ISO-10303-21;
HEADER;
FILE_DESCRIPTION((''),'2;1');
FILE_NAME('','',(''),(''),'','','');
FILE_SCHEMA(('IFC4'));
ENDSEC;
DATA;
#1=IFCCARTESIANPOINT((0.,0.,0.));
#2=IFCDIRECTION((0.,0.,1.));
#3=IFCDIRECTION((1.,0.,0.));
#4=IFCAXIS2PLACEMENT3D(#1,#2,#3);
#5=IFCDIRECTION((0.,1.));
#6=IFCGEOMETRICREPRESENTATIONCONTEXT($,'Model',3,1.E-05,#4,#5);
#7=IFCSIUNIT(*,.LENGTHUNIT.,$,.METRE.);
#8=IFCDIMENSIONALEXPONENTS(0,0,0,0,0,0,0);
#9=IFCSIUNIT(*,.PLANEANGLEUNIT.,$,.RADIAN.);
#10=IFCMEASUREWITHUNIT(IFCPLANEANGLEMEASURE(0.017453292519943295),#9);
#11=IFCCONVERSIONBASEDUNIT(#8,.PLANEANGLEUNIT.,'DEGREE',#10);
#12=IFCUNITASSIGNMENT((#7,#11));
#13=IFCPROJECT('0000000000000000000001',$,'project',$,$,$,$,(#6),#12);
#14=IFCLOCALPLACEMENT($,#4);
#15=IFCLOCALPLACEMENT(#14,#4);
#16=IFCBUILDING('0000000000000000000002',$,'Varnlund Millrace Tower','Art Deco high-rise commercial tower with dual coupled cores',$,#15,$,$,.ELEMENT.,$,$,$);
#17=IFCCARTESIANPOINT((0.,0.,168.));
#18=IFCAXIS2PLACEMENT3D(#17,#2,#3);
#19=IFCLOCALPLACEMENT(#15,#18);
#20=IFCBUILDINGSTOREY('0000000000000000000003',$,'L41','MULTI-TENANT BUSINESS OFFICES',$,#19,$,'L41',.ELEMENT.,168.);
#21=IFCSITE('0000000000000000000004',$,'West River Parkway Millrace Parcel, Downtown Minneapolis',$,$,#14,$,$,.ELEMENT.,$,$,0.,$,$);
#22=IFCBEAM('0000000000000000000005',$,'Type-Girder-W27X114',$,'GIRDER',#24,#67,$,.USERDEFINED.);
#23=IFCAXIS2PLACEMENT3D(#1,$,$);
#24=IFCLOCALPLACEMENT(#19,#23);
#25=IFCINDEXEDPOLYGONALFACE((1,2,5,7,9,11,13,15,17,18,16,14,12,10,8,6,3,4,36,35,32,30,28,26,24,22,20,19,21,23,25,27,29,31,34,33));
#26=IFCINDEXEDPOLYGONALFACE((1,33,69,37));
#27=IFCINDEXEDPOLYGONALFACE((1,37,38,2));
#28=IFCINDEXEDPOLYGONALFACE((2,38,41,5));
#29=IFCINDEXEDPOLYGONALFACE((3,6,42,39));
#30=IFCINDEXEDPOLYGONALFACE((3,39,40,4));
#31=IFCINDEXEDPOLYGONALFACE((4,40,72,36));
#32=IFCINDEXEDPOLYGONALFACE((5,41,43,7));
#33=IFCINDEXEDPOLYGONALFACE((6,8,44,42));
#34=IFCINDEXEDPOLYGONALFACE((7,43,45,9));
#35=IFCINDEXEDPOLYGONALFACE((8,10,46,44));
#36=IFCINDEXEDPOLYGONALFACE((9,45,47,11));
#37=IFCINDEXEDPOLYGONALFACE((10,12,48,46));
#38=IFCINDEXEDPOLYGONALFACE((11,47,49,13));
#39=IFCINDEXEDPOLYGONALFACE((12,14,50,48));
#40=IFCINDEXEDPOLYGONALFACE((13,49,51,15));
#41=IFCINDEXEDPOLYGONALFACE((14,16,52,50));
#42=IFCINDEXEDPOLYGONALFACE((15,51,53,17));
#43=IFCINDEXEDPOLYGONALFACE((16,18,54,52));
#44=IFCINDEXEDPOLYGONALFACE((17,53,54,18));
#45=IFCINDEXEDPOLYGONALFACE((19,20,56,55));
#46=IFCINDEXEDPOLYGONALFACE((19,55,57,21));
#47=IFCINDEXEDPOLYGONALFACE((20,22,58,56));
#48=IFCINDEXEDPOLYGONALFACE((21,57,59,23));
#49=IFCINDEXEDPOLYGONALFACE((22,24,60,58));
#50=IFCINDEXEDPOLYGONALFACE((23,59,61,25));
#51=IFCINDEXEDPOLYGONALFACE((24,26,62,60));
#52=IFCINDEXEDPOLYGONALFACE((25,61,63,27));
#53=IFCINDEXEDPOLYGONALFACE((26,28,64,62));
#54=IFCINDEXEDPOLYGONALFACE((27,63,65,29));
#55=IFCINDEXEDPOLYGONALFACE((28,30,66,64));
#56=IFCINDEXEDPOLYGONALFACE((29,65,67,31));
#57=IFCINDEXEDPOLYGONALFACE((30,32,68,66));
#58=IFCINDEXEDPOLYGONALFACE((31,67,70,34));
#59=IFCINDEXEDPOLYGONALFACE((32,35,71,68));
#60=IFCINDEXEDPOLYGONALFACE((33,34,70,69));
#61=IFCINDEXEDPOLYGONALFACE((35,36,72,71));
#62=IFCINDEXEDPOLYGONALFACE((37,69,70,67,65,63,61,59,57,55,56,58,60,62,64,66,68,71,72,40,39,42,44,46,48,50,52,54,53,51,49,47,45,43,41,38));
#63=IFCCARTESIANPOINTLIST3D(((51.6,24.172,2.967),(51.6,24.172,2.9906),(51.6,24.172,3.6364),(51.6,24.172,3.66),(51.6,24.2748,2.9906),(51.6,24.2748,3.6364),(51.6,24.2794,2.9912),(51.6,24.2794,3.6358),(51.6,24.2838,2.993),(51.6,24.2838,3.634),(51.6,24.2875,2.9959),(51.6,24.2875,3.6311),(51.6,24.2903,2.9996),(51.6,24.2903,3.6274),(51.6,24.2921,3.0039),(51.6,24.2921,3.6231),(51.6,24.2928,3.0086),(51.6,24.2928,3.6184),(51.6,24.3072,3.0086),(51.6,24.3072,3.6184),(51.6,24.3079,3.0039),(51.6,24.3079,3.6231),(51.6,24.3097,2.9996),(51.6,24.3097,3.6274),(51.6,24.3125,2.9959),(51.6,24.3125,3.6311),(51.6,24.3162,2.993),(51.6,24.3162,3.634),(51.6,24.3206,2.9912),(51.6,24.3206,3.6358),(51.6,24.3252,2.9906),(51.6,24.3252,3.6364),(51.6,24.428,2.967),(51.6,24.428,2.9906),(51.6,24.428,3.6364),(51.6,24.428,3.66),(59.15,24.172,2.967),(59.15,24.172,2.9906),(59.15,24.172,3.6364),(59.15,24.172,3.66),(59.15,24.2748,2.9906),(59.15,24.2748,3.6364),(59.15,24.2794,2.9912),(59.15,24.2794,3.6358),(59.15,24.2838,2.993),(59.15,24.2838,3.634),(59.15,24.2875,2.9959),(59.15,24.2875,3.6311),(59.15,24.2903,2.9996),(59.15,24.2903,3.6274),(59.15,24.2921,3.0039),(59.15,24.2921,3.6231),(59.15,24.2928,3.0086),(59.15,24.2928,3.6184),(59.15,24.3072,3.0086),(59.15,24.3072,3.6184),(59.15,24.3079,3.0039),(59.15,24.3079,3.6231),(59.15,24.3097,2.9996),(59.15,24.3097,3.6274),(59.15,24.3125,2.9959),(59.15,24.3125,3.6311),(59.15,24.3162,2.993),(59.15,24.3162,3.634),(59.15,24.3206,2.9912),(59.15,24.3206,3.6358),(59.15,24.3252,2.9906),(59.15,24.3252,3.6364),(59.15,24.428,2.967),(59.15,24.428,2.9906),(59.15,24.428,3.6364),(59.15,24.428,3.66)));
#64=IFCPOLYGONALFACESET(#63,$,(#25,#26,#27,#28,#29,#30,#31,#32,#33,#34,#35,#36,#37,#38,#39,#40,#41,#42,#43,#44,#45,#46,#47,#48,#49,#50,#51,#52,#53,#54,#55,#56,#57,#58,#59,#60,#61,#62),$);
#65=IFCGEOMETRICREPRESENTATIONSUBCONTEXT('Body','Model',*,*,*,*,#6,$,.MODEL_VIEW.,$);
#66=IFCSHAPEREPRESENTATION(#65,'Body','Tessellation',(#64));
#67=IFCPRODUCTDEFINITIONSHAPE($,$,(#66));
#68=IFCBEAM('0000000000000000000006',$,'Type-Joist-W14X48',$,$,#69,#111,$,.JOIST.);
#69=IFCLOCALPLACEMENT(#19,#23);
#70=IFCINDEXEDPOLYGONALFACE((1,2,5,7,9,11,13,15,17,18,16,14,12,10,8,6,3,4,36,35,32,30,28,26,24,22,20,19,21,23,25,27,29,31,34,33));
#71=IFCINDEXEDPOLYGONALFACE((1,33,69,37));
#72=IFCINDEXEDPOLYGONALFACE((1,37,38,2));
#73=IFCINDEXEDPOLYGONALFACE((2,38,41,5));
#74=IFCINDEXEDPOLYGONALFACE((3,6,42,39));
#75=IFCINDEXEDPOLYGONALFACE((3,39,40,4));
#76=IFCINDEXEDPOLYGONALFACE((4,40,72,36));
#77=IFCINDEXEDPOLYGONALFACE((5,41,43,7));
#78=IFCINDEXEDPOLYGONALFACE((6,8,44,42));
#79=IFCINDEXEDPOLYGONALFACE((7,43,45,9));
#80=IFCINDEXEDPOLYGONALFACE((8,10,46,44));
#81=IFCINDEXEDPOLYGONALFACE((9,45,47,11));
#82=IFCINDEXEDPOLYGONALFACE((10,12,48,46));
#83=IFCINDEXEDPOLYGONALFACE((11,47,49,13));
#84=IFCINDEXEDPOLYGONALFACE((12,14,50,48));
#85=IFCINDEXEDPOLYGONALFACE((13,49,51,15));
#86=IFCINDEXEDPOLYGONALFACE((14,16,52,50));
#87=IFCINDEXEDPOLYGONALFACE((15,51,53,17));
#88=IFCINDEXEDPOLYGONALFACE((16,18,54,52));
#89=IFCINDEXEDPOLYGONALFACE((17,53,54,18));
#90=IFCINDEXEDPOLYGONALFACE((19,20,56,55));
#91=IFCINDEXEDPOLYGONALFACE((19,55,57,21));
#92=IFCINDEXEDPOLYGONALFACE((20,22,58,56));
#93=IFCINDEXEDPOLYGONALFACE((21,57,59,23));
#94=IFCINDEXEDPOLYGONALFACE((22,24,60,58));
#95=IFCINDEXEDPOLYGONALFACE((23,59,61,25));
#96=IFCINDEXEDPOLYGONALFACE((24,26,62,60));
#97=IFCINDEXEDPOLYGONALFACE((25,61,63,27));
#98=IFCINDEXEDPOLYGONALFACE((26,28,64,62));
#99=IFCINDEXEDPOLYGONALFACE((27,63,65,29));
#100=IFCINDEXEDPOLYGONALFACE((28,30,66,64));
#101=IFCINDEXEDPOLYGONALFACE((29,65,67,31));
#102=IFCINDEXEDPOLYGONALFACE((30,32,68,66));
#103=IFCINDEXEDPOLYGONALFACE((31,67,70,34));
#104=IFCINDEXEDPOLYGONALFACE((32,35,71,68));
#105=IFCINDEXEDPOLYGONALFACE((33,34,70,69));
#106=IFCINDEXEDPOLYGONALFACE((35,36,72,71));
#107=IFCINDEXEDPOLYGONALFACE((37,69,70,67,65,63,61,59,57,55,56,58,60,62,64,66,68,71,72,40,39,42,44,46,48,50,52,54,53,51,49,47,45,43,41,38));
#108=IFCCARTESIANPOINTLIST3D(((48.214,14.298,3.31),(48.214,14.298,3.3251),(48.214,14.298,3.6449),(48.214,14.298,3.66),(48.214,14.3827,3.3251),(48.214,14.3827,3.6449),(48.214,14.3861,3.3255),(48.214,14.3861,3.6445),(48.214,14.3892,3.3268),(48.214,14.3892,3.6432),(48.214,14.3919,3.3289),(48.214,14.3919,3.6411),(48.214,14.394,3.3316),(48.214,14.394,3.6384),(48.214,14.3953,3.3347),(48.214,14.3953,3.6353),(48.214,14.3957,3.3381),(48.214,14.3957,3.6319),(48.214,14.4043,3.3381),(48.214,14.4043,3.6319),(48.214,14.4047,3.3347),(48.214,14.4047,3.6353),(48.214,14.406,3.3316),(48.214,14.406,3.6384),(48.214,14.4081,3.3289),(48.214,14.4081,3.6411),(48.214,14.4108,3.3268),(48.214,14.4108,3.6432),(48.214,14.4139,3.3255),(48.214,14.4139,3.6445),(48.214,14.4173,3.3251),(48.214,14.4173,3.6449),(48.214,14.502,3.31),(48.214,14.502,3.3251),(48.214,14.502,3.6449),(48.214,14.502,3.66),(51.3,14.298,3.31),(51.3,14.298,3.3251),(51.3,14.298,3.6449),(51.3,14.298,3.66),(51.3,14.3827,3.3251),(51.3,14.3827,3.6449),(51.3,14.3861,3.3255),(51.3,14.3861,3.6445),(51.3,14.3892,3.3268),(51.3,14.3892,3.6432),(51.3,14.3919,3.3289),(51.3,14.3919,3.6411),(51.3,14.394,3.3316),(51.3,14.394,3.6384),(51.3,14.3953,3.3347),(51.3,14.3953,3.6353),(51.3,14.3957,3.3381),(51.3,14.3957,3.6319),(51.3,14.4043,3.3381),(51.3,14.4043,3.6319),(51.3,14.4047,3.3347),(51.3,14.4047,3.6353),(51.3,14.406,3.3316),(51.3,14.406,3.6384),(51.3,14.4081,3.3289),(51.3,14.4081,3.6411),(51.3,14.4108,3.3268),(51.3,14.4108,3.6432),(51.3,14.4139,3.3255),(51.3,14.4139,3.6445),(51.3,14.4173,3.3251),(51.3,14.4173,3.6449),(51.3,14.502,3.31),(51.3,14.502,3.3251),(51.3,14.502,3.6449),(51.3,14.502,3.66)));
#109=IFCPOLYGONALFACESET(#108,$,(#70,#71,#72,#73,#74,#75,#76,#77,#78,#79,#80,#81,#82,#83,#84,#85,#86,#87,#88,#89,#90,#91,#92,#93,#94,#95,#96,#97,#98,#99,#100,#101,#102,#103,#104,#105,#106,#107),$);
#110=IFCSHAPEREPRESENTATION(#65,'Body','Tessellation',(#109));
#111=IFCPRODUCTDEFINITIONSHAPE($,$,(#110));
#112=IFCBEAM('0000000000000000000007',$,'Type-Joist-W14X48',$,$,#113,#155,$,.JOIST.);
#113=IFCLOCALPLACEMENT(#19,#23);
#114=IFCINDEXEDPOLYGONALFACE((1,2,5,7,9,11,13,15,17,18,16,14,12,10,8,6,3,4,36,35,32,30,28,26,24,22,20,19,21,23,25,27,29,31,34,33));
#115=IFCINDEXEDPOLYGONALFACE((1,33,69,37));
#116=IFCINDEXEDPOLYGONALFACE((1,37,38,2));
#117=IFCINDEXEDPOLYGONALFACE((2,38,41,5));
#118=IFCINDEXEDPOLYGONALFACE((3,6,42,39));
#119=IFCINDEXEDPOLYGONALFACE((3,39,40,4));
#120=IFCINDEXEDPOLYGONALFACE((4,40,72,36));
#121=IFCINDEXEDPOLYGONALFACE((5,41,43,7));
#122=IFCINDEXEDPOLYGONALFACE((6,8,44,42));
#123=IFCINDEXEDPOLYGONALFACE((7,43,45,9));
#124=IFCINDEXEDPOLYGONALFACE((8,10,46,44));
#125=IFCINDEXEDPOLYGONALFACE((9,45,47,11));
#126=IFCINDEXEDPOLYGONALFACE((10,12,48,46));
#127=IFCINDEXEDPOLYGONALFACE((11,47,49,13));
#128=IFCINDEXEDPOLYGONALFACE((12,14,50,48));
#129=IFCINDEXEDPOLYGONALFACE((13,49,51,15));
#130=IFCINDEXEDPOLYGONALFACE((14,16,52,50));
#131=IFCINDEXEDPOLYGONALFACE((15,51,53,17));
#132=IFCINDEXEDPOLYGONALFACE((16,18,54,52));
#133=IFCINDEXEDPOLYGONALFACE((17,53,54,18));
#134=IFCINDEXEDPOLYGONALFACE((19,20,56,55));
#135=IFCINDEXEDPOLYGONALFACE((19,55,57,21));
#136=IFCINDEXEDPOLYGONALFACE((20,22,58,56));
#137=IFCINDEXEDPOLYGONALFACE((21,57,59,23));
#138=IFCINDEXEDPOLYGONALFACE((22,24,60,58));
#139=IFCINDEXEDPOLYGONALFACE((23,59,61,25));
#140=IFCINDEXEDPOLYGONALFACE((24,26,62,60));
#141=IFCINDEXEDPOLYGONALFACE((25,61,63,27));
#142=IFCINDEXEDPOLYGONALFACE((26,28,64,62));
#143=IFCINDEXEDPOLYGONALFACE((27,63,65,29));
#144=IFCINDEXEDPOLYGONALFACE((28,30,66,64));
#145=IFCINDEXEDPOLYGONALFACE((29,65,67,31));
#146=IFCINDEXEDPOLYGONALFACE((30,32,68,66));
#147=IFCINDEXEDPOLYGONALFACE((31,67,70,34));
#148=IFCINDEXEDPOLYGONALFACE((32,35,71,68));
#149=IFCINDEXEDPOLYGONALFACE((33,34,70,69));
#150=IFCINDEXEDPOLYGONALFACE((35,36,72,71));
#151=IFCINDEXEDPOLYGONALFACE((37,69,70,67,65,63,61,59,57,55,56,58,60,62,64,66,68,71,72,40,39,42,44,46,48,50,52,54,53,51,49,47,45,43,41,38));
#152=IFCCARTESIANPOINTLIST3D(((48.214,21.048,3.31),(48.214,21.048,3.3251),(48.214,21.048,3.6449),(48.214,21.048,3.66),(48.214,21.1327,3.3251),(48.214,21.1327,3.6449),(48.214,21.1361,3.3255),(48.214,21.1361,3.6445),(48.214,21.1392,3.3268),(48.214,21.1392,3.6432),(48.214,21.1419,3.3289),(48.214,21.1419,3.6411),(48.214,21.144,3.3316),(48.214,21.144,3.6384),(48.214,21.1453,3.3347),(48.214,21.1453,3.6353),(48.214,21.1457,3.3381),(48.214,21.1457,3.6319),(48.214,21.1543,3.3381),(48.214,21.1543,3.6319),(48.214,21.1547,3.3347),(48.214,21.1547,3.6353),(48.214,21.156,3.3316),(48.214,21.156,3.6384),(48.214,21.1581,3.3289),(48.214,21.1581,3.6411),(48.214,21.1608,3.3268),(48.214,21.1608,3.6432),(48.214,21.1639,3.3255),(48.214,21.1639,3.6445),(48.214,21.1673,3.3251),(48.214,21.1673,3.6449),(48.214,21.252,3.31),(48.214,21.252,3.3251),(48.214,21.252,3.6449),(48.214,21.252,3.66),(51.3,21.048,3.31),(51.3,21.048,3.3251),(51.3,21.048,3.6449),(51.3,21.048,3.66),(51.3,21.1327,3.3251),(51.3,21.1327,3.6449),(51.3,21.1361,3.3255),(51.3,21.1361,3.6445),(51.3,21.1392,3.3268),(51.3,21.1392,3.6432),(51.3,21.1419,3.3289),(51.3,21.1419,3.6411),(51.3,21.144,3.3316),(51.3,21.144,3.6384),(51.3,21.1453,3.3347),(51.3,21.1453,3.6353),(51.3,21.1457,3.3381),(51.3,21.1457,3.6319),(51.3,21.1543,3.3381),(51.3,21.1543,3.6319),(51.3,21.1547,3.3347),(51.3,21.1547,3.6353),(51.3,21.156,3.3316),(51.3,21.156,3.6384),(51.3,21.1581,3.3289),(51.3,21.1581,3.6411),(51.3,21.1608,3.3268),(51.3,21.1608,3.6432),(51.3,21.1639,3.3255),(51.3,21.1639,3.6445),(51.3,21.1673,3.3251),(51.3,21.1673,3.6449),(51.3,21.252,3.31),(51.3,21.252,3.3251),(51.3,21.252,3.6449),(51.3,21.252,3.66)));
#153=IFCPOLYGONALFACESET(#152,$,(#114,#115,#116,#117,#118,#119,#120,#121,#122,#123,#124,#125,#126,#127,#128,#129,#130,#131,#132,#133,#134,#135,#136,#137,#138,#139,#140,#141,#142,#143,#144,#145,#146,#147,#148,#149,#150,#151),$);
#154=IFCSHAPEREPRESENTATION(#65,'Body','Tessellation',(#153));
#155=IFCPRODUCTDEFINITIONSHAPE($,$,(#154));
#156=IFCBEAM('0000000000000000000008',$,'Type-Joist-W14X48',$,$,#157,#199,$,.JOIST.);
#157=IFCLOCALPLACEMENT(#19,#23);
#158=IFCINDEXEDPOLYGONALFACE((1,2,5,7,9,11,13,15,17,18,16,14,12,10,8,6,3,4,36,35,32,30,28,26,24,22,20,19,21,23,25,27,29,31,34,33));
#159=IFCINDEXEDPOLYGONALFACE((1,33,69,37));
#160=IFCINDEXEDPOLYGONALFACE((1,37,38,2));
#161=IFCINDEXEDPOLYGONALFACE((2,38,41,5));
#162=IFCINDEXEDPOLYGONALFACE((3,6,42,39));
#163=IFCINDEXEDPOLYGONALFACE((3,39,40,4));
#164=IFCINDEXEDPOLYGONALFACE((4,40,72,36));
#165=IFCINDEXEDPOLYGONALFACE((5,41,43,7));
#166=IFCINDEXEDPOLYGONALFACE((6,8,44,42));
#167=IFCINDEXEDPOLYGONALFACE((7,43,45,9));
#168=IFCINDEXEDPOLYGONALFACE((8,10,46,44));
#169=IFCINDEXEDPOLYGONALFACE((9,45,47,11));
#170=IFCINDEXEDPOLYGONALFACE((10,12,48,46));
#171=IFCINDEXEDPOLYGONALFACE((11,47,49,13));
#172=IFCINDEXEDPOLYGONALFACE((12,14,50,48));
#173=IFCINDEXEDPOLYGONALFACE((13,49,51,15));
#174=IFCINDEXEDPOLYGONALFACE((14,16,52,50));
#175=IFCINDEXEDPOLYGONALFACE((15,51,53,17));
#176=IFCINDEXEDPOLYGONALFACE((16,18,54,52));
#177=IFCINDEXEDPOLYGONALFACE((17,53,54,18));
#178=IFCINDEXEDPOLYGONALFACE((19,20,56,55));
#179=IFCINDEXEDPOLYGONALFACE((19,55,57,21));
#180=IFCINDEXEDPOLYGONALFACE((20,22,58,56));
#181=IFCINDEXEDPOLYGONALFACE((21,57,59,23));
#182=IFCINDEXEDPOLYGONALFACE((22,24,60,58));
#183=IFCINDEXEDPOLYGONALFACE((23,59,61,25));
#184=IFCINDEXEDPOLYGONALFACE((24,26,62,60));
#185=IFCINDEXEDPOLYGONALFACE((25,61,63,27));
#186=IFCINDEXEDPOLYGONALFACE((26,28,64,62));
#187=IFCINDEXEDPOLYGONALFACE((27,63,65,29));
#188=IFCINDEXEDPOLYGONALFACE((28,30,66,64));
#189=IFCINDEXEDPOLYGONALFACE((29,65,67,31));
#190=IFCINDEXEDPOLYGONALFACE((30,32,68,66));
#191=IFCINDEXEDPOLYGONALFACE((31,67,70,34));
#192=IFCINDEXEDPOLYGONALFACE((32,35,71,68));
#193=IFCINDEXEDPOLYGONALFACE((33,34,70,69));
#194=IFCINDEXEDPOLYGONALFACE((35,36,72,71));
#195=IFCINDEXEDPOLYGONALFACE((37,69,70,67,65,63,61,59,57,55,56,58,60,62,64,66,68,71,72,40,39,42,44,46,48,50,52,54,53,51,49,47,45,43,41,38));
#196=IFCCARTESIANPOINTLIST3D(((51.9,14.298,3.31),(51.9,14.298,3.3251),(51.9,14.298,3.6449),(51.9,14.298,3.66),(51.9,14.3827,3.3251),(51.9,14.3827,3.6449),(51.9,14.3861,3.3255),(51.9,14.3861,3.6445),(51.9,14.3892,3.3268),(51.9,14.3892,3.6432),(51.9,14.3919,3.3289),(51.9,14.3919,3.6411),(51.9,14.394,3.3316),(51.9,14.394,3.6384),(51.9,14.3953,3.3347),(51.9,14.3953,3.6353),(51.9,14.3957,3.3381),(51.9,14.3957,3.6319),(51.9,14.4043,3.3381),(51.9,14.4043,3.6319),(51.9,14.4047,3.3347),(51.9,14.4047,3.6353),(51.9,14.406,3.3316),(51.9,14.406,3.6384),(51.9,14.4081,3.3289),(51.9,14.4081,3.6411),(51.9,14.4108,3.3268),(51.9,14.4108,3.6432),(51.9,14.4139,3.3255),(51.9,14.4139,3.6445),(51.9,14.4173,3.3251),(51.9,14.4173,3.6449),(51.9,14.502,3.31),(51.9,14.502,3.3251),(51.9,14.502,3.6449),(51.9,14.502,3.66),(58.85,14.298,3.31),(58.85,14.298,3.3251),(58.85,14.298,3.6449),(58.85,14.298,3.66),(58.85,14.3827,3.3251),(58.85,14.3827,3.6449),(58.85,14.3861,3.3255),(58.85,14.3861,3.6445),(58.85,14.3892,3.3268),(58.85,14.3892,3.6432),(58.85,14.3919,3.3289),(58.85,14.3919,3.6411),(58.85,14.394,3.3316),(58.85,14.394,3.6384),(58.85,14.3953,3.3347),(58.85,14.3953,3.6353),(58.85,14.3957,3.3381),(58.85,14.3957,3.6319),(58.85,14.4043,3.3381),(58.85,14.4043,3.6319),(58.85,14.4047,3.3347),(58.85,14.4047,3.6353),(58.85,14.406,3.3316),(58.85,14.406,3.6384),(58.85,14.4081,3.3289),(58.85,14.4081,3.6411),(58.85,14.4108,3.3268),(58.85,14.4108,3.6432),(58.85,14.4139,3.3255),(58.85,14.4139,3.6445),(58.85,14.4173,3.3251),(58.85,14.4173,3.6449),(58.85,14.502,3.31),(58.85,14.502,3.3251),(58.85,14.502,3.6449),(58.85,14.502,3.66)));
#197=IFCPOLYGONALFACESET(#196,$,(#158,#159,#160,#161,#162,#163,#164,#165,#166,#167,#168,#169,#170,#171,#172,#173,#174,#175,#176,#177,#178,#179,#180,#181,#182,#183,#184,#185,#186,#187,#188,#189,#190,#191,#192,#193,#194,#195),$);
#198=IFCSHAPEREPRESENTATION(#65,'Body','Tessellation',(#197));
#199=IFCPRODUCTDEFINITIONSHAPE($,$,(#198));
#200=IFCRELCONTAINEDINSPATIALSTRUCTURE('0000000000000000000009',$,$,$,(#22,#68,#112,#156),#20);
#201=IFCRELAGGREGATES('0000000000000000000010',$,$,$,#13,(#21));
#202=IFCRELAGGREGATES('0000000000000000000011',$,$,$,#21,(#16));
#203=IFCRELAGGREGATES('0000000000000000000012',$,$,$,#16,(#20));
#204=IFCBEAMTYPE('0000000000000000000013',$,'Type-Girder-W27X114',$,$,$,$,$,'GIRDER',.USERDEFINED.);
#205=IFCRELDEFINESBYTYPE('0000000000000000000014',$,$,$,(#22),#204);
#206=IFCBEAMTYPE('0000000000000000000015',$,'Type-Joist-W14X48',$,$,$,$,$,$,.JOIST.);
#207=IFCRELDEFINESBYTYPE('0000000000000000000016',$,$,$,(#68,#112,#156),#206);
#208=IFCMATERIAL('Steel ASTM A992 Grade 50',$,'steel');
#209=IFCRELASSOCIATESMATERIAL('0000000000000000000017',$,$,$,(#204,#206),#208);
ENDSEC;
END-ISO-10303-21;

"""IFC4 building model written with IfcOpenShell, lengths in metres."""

from ifc_helpers import new_model, entity, si_unit, converted_unit, direction, frame, origin_with_axes, origin_2d_with_axis, place, context, subcontext, project, spatial, i_section, extrude, material, material_profile, profile_set, type_object, element, save


model = new_model("IFC4")

# Units and contexts
model_context = context("Model", 3, precision=1e-05, world=origin_with_axes(), true_north=direction((0.0, 1.0)))
body_context = subcontext(model_context, "Body", "Model", "MODEL_VIEW")
ifc_project = project(units=[si_unit("LENGTHUNIT", "METRE"), converted_unit("PLANEANGLEUNIT", "DEGREE", entity("IfcPlaneAngleMeasure", 0.017453292519943295), si_unit("PLANEANGLEUNIT", "RADIAN"), dimensions=[0, 0, 0, 0, 0, 0, 0])], contexts=[model_context])

# Site, building, storey
site_placement = place(None, origin_with_axes())
site = spatial("IfcSite", under=ifc_project, at=site_placement, Name="West River Parkway Millrace Parcel, Downtown Minneapolis", CompositionType="ELEMENT", RefElevation=0.0)
building_placement = place(site_placement, origin_with_axes())
building = spatial("IfcBuilding", under=site, at=building_placement, Name="Varnlund Millrace Tower", Description="Art Deco high-rise commercial tower with dual coupled cores", CompositionType="ELEMENT")
storey_placement = place(building_placement, frame((0.0, 0.0, 168.0), z_axis=(0.0, 0.0, 1.0), x_axis=(1.0, 0.0, 0.0)))
storey = spatial("IfcBuildingStorey", under=building, at=storey_placement, Name="L41", Description="MULTI-TENANT BUSINESS OFFICES", LongName="L41", CompositionType="ELEMENT", Elevation=168.0)

# Beams
ifc_material_1 = material(Name="Steel ASTM A992 Grade 50", Category="steel")
ifc_material_profile_1 = material_profile(ifc_material_1, i_section(OverallWidth=0.256, OverallDepth=0.693, WebThickness=0.0145, FlangeThickness=0.0236, FilletRadius=0.018, at=origin_2d_with_axis()), Name="Steel ASTM A992 Grade 50")
ifc_profile_set_1 = profile_set([ifc_material_profile_1], Name="Steel ASTM A992 Grade 50")
beam_type_1 = type_object("IfcBeamType", Name="Type-Girder-W27X114", ElementType="GIRDER", PredefinedType="USERDEFINED", material=ifc_profile_set_1)
beam_1_placement = place(storey_placement, frame((51.6, 24.3, 3.3135), z_axis=(1.0, 0.0, 0.0), x_axis=(0.0, 1.0, 0.0)))
element("IfcBeam", 1, at=beam_1_placement, inside=storey, type_object=beam_type_1, Name="Type-Girder-W27X114", ObjectType="GIRDER", PredefinedType="USERDEFINED", context=body_context, shape_type="SweptSolid", body=[
    extrude(i_section(OverallWidth=0.256, OverallDepth=0.693, WebThickness=0.0145, FlangeThickness=0.0236, FilletRadius=0.018, at=origin_2d_with_axis()), origin_with_axes(), (0.0, 0.0, 1.0), 7.55),
])
ifc_material_profile_2 = material_profile(ifc_material_1, i_section(OverallWidth=0.204, OverallDepth=0.35, WebThickness=0.0086, FlangeThickness=0.0151, FilletRadius=0.013, at=origin_2d_with_axis()), Name="Steel ASTM A992 Grade 50")
ifc_profile_set_2 = profile_set([ifc_material_profile_2], Name="Steel ASTM A992 Grade 50")
beam_type_2 = type_object("IfcBeamType", Name="Type-Joist-W14X48", PredefinedType="JOIST", material=ifc_profile_set_2)
for number, where, z_axis, x_axis, name in (
    (2, (48.214, 14.4, 3.485), (1.0, 0.0, 0.0), (0.0, 1.0, 0.0), "Type-Joist-W14X48"),
    (3, (48.214, 21.15, 3.485), (1.0, 0.0, 0.0), (0.0, 1.0, 0.0), "Type-Joist-W14X48"),
):
    element("IfcBeam", number, at=place(storey_placement, frame(where, z_axis=z_axis, x_axis=x_axis)), inside=storey, type_object=beam_type_2, Name=name, PredefinedType="JOIST", context=body_context, shape_type="SweptSolid", body=[
        extrude(i_section(OverallWidth=0.204, OverallDepth=0.35, WebThickness=0.0086, FlangeThickness=0.0151, FilletRadius=0.013, at=origin_2d_with_axis()), origin_with_axes(), (0.0, 0.0, 1.0), 3.086),
    ])
for number, where, z_axis, x_axis, name in (
    (4, (51.9, 14.4, 3.485), (1.0, 0.0, 0.0), (0.0, 1.0, 0.0), "Type-Joist-W14X48"),
):
    element("IfcBeam", number, at=place(storey_placement, frame(where, z_axis=z_axis, x_axis=x_axis)), inside=storey, type_object=beam_type_2, Name=name, PredefinedType="JOIST", context=body_context, shape_type="SweptSolid", body=[
        extrude(i_section(OverallWidth=0.204, OverallDepth=0.35, WebThickness=0.0086, FlangeThickness=0.0151, FilletRadius=0.013, at=origin_2d_with_axis()), origin_with_axes(), (0.0, 0.0, 1.0), 6.95),
    ])

save(model, "model.ifc")
